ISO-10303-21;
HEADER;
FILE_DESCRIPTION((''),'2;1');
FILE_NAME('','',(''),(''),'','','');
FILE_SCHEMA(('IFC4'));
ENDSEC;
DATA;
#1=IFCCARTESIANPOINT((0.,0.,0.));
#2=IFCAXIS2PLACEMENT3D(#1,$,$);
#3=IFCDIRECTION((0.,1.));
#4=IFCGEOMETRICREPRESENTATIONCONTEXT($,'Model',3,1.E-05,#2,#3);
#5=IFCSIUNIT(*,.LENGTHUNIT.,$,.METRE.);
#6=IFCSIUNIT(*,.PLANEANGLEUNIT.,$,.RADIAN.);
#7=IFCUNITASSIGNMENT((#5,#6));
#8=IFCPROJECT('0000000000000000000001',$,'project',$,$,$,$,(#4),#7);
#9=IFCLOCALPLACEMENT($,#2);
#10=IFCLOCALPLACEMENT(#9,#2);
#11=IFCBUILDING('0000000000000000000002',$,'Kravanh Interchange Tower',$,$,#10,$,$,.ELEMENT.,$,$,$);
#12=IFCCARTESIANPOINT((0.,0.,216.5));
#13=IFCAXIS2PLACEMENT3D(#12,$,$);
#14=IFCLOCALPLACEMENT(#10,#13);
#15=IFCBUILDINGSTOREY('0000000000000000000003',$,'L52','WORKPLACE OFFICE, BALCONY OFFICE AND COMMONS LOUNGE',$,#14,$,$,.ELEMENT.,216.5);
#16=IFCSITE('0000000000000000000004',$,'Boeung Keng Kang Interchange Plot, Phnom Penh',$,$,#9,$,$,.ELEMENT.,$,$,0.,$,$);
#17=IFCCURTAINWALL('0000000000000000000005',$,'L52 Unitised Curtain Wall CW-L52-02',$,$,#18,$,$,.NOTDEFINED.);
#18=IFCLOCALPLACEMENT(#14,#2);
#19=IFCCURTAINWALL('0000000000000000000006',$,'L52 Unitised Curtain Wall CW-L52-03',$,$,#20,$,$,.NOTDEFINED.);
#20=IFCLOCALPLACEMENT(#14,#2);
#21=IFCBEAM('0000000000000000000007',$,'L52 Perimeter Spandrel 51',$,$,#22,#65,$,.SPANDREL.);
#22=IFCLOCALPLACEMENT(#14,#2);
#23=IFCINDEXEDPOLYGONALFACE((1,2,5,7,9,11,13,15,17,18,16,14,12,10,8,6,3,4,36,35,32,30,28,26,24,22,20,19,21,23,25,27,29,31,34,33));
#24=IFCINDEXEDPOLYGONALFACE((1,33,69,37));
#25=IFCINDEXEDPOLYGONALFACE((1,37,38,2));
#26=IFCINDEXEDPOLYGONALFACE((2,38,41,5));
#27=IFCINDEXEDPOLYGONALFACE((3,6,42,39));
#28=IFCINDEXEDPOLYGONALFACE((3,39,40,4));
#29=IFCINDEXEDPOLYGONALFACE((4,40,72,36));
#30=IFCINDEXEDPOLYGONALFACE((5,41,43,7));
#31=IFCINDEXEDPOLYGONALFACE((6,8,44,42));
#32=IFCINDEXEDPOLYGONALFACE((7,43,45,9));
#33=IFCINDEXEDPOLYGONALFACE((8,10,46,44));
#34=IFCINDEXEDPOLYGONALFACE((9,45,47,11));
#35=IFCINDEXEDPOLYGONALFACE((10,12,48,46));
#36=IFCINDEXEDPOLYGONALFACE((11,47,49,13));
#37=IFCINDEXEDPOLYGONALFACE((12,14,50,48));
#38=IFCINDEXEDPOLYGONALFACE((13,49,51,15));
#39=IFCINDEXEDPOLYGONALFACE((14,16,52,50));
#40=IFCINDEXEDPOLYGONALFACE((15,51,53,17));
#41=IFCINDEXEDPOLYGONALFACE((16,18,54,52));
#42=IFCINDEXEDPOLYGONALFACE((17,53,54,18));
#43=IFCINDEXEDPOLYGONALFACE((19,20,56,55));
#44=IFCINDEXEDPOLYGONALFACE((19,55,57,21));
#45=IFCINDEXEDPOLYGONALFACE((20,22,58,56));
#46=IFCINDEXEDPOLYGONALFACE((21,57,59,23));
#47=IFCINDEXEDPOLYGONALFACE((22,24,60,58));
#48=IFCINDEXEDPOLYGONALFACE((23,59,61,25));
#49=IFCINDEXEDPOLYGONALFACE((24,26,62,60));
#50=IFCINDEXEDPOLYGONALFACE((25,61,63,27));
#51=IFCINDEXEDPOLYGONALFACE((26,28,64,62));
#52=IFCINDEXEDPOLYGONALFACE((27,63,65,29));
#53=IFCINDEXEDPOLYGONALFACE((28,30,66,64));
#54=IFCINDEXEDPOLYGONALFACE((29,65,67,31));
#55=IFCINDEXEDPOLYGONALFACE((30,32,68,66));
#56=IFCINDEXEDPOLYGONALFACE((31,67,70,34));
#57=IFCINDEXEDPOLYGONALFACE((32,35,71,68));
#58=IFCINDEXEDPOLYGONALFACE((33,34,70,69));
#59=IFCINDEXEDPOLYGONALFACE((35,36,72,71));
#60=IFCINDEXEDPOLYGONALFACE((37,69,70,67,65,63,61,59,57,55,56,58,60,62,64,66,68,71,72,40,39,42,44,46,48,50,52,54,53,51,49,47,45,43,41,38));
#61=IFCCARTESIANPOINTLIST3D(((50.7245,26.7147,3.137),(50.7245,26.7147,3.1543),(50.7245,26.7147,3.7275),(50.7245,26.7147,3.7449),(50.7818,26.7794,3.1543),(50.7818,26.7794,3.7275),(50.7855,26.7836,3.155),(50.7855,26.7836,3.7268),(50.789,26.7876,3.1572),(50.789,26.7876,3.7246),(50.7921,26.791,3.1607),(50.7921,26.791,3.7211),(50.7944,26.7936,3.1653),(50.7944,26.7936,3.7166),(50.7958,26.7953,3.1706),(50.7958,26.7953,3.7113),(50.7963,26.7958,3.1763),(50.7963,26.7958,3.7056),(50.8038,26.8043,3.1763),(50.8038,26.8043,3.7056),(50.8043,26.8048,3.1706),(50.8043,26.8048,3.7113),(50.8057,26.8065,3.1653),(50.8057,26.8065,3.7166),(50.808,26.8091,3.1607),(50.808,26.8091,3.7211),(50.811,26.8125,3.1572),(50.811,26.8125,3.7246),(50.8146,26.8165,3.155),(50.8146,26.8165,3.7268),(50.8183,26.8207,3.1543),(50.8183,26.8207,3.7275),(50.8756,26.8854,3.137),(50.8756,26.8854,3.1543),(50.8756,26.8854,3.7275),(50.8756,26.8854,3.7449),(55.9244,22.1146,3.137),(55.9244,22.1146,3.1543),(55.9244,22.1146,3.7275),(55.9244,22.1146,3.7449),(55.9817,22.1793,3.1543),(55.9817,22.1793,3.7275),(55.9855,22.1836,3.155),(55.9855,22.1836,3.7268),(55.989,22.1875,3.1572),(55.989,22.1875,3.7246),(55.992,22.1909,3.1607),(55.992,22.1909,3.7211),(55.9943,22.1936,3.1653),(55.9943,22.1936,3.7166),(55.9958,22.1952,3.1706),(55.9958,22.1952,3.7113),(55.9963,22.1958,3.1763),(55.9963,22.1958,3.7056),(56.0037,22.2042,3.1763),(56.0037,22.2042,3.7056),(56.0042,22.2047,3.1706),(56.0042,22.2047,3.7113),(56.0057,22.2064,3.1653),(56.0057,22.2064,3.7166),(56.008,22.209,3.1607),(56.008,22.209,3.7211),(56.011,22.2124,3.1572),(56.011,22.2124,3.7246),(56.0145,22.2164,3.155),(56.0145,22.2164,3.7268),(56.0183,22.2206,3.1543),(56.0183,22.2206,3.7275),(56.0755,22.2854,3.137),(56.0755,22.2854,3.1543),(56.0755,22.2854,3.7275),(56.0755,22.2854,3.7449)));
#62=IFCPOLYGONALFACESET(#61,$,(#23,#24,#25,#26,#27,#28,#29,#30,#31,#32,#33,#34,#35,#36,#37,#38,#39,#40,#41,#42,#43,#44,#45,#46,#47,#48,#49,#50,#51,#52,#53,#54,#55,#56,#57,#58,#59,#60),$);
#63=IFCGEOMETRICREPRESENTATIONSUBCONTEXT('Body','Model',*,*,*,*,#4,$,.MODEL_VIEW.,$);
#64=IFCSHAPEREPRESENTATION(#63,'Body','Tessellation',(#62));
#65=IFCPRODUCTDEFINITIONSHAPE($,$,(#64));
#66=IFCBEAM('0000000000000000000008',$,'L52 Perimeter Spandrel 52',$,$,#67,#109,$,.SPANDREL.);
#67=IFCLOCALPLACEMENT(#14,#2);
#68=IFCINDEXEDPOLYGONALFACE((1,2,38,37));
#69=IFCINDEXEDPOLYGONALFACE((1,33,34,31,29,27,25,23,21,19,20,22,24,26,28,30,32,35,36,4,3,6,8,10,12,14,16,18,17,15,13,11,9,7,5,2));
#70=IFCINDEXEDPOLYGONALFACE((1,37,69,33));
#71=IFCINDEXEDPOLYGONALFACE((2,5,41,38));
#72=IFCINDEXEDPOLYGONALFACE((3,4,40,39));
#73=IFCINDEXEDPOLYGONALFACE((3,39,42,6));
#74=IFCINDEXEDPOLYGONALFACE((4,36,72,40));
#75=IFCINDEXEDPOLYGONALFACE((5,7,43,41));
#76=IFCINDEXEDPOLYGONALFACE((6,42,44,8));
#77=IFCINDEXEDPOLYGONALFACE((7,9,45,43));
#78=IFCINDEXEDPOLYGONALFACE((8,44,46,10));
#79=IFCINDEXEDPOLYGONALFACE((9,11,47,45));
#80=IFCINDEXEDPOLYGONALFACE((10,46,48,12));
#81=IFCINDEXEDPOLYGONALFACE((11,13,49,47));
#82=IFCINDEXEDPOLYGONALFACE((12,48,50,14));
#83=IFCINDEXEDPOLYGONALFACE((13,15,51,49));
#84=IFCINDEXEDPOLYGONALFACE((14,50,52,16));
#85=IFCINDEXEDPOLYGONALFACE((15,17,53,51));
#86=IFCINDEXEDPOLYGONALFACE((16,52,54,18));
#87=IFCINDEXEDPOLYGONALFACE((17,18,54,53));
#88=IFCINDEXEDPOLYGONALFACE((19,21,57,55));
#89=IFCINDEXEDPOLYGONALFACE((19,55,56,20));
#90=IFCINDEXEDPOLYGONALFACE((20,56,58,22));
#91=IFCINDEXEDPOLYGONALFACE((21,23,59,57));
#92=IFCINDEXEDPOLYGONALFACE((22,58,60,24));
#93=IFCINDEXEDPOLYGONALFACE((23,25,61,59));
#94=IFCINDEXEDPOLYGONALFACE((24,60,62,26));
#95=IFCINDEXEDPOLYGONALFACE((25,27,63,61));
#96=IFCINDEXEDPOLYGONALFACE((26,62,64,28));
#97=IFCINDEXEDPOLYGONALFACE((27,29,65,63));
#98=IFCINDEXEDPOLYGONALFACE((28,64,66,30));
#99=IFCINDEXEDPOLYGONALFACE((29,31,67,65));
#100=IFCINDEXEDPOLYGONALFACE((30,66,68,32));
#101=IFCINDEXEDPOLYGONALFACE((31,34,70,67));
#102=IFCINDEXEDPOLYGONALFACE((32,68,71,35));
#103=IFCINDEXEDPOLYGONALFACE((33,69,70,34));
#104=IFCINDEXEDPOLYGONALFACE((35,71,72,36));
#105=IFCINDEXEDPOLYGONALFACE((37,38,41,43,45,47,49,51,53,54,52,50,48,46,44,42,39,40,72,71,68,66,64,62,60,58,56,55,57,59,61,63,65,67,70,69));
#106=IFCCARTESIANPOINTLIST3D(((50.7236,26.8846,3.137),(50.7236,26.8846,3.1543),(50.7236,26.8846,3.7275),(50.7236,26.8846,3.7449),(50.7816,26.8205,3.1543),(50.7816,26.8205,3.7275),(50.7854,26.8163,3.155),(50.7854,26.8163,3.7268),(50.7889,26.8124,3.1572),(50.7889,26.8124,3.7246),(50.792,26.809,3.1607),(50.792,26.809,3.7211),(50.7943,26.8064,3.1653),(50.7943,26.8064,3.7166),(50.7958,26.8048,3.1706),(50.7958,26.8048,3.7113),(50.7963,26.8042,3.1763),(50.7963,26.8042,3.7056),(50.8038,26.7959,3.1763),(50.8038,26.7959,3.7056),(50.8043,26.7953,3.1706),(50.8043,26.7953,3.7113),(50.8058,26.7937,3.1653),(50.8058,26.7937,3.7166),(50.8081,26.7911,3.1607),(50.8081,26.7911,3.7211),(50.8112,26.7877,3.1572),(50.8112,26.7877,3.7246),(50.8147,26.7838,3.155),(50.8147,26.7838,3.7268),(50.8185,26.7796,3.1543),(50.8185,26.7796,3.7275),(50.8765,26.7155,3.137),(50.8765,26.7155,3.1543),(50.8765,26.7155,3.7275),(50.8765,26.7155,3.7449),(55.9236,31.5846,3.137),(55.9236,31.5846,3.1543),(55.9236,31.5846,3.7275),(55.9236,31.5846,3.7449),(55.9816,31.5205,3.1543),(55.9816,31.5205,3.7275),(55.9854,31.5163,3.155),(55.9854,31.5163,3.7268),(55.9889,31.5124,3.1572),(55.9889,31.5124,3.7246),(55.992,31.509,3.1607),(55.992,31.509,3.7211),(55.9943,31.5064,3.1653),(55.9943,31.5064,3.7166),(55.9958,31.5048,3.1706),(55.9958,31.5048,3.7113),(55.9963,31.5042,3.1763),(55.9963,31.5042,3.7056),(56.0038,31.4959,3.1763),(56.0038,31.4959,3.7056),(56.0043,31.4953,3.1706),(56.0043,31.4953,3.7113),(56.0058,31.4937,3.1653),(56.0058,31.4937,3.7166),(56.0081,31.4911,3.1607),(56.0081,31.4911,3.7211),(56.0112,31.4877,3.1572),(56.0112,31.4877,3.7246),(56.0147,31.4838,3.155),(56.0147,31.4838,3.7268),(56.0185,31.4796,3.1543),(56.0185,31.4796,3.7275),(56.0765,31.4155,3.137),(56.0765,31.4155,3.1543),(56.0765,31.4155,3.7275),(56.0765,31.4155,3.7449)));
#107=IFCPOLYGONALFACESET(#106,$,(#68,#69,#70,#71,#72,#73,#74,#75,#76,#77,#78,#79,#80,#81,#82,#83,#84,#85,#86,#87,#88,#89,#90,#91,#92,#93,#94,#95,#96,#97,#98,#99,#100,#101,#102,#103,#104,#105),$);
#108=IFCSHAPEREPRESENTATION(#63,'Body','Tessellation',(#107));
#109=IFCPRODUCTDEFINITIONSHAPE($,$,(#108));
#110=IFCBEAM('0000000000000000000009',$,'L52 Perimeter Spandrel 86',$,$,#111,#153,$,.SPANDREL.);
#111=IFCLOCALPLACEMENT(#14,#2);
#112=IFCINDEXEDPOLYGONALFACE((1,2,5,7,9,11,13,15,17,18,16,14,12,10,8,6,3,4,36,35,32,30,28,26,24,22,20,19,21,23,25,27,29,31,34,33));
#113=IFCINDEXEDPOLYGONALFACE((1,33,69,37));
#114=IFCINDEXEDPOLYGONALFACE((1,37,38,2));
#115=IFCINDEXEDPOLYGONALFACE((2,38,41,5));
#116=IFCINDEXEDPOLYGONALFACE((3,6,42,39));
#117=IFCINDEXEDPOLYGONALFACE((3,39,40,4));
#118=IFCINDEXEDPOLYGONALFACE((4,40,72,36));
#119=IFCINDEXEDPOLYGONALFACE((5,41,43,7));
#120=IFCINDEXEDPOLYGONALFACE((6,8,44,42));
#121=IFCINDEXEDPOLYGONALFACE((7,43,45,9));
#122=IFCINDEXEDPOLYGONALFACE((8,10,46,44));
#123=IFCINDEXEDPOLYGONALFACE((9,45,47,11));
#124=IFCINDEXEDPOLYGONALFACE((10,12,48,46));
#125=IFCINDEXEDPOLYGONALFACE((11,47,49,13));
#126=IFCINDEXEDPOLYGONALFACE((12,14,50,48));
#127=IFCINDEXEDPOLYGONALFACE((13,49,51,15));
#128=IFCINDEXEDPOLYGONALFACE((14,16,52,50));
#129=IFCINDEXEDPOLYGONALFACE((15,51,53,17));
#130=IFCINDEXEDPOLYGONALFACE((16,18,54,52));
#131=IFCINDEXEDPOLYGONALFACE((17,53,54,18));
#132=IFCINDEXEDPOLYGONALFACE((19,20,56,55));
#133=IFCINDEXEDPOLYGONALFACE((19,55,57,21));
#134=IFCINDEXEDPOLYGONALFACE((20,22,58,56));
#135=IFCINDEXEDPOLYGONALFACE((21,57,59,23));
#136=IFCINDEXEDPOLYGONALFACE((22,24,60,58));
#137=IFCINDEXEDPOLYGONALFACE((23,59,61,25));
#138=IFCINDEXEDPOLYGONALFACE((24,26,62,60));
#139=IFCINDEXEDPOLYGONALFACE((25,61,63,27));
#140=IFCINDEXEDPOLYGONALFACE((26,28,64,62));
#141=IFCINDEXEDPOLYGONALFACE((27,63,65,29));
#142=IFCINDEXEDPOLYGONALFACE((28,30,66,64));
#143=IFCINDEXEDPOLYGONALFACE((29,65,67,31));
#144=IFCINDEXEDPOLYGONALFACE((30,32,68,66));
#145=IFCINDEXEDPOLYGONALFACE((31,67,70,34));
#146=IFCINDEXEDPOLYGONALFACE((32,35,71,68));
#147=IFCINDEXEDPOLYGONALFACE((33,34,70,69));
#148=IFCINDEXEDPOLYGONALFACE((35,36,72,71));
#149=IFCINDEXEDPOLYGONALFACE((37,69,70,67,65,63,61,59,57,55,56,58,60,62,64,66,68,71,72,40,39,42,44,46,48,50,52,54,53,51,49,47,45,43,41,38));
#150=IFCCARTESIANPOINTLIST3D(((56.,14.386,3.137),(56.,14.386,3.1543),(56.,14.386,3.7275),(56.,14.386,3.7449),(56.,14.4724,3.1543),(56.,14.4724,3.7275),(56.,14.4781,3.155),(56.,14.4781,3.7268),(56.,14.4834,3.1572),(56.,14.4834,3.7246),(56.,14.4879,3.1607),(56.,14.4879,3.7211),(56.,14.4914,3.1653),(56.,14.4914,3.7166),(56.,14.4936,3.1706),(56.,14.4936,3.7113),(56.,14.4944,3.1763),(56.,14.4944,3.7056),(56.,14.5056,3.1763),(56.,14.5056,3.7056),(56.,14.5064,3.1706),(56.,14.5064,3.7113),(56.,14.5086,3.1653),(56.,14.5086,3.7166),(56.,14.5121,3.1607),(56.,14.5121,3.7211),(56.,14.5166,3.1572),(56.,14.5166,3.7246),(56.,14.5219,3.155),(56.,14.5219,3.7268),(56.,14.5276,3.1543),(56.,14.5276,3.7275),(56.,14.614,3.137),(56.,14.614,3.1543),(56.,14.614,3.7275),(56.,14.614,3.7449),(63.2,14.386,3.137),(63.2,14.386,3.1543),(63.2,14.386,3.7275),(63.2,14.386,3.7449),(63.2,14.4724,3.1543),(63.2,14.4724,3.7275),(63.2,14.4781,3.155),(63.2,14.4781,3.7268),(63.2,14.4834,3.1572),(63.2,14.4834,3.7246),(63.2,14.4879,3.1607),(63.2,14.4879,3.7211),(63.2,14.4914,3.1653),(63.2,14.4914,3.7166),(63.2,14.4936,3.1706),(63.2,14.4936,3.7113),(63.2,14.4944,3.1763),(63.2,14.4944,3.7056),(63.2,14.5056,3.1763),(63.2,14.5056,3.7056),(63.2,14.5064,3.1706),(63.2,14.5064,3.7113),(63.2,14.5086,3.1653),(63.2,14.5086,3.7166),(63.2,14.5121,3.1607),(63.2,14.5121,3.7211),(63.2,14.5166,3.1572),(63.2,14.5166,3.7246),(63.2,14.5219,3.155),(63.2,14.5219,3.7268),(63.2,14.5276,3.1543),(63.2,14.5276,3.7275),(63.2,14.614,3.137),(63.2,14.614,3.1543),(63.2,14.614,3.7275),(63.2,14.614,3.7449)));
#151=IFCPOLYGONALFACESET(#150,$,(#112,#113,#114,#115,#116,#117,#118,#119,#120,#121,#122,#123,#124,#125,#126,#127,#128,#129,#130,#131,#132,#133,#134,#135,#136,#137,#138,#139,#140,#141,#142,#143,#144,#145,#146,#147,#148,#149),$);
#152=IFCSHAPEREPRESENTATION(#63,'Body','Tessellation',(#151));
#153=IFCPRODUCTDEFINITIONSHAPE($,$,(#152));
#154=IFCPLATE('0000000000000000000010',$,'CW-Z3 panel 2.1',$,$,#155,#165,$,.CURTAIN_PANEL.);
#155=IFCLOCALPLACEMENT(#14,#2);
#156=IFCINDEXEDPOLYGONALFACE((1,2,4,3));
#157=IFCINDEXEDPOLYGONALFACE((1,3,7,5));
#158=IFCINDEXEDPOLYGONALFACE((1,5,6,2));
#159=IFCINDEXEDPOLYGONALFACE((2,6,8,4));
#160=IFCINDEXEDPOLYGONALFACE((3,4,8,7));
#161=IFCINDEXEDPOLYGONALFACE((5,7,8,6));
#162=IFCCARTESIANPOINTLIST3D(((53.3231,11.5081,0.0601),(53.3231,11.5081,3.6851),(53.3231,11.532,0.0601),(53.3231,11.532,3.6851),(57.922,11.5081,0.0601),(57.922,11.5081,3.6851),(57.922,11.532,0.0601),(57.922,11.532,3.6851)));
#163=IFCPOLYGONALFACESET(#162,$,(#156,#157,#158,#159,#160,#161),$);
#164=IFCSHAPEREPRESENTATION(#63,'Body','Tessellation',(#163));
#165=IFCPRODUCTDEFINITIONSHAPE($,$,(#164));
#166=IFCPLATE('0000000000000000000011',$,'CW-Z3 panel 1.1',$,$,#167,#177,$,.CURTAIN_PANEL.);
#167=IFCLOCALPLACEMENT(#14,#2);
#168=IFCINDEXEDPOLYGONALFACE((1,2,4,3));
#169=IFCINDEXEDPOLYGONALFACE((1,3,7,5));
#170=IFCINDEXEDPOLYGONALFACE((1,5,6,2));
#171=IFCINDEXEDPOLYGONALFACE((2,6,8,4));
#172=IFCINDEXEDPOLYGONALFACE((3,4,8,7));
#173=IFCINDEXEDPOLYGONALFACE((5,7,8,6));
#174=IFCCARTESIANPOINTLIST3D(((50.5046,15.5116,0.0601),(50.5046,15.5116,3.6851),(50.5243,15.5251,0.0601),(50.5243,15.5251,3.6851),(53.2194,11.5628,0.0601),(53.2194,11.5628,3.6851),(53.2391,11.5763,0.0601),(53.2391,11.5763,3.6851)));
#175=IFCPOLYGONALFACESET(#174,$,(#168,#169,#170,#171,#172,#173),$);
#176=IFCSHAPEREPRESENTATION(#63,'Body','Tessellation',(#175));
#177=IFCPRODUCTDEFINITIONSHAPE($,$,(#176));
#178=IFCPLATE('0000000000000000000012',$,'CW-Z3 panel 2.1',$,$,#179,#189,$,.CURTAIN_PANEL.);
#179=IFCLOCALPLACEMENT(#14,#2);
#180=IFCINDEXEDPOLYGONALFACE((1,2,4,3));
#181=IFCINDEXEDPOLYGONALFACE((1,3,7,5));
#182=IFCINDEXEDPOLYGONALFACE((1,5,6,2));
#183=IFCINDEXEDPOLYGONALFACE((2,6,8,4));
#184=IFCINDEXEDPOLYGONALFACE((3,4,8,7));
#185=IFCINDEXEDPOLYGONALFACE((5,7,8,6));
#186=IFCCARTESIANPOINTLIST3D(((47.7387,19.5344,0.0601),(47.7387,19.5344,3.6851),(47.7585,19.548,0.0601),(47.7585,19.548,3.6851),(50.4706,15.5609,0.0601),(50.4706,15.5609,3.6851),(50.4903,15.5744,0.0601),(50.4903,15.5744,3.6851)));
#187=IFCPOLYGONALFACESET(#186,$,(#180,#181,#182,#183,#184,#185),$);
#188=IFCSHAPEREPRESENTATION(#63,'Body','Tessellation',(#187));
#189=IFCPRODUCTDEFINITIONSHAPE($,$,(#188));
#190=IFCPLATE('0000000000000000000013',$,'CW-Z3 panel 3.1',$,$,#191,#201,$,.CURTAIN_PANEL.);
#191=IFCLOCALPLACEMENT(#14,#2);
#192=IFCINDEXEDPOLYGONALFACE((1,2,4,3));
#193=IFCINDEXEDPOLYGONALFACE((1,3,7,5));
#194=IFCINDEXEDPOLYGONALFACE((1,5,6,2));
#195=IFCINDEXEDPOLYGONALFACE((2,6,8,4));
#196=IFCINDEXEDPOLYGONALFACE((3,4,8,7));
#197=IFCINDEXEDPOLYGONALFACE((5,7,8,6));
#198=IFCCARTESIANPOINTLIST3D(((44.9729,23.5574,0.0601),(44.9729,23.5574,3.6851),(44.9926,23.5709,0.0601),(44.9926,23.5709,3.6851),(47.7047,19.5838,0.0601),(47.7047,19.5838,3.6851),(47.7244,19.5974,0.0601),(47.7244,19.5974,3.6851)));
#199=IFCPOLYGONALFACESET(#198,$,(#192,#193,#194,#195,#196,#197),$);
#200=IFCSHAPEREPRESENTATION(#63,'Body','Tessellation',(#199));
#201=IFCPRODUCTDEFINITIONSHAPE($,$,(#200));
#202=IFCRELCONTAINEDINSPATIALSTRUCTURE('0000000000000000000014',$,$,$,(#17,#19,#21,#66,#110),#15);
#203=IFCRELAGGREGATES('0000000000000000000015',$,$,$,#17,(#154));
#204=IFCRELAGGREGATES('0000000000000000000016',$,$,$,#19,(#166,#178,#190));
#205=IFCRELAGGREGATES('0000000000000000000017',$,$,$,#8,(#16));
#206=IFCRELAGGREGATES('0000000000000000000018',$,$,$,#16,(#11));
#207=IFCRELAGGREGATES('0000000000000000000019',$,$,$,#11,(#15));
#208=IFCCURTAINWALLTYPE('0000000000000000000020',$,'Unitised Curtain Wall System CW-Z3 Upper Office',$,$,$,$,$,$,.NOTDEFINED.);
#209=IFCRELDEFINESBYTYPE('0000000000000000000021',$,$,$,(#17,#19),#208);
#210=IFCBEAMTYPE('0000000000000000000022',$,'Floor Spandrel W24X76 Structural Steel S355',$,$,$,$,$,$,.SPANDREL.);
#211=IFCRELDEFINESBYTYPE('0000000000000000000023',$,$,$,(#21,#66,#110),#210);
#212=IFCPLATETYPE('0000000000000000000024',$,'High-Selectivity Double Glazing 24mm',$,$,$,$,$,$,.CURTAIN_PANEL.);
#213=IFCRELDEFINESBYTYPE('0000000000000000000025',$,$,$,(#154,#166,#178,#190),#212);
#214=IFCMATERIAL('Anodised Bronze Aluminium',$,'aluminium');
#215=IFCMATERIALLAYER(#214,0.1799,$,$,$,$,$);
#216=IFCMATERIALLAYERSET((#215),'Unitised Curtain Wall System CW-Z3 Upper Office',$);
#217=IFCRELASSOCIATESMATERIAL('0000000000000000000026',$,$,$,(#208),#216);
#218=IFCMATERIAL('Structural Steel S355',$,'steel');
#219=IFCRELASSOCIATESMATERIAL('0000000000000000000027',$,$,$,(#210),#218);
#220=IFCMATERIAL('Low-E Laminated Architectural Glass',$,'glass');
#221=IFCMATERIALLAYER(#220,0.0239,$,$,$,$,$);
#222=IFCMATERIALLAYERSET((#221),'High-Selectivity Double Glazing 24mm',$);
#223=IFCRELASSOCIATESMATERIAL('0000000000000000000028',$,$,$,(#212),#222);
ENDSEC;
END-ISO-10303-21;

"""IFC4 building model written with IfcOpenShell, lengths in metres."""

from ifc_helpers import new_model, si_unit, direction, frame, origin, origin_2d, place, context, subcontext, project, spatial, rectangle, i_section, extrude, material, layer, layer_set, material_profile, profile_set, type_object, element, aggregate, save


model = new_model("IFC4")

# Units and contexts
model_context = context("Model", 3, precision=1e-05, world=origin(), true_north=direction((0.0, 1.0)))
body_context = subcontext(model_context, "Body", "Model", "MODEL_VIEW")
ifc_project = project(units=[si_unit("LENGTHUNIT", "METRE"), si_unit("PLANEANGLEUNIT", "RADIAN")], contexts=[model_context])

# Site, building, storey
site_placement = place(None, origin())
site = spatial("IfcSite", under=ifc_project, at=site_placement, Name="Boeung Keng Kang Interchange Plot, Phnom Penh", CompositionType="ELEMENT", RefElevation=0.0)
building_placement = place(site_placement, origin())
building = spatial("IfcBuilding", under=site, at=building_placement, Name="Kravanh Interchange Tower", CompositionType="ELEMENT")
storey_placement = place(building_placement, frame((0.0, 0.0, 216.5)))
storey = spatial("IfcBuildingStorey", under=building, at=storey_placement, Name="L52", Description="WORKPLACE OFFICE, BALCONY OFFICE AND COMMONS LOUNGE", CompositionType="ELEMENT", Elevation=216.5)

# Curtain wall
ifc_material_1 = material(Name="Anodised Bronze Aluminium", Category="aluminium")
ifc_layer_1 = layer(ifc_material_1, 0.1799)
ifc_layer_set_1 = layer_set([ifc_layer_1], Name="Unitised Curtain Wall System CW-Z3 Upper Office")
curtain_wall_type = type_object("IfcCurtainWallType", Name="Unitised Curtain Wall System CW-Z3 Upper Office", PredefinedType="NOTDEFINED", material=ifc_layer_set_1)
curtain_wall_1_placement = place(storey_placement, origin())
curtain_wall_1 = element("IfcCurtainWall", 1, at=curtain_wall_1_placement, inside=storey, type_object=curtain_wall_type, Name="L52 Unitised Curtain Wall CW-L52-02", PredefinedType="NOTDEFINED")

# Curtain wall
curtain_wall_2_placement = place(storey_placement, origin())
curtain_wall_2 = element("IfcCurtainWall", 2, at=curtain_wall_2_placement, inside=storey, type_object=curtain_wall_type, Name="L52 Unitised Curtain Wall CW-L52-03", PredefinedType="NOTDEFINED")

# Beams
ifc_material_2 = material(Name="Structural Steel S355", Category="steel")
ifc_material_profile_1 = material_profile(ifc_material_2, i_section(OverallWidth=0.228, OverallDepth=0.6079, WebThickness=0.0112, FlangeThickness=0.0173, FilletRadius=0.022, at=origin_2d()), Name="W24X76")
ifc_profile_set_1 = profile_set([ifc_material_profile_1], Name="Structural Steel S355")
beam_type_1 = type_object("IfcBeamType", Name="Floor Spandrel W24X76 Structural Steel S355", PredefinedType="SPANDREL", material=ifc_profile_set_1)
beam_1_placement = place(storey_placement, frame((50.8, 26.8, 3.4409), z_axis=(0.748986, -0.662585, 0.0), x_axis=(0.662585, 0.748986, 0.0)))
element("IfcBeam", 3, at=beam_1_placement, inside=storey, type_object=beam_type_1, Name="L52 Perimeter Spandrel 51", PredefinedType="SPANDREL", context=body_context, shape_type="SweptSolid", body=[
    extrude(i_section(OverallWidth=0.228, OverallDepth=0.6079, WebThickness=0.0112, FlangeThickness=0.0173, FilletRadius=0.022, at=origin_2d()), origin(), (0.0, 0.0, 1.0), 6.9426),
])
beam_2_placement = place(storey_placement, frame((50.8, 26.8, 3.4409), z_axis=(0.741874, 0.670539, 0.0), x_axis=(-0.670539, 0.741874, 0.0)))
element("IfcBeam", 4, at=beam_2_placement, inside=storey, type_object=beam_type_1, Name="L52 Perimeter Spandrel 52", PredefinedType="SPANDREL", context=body_context, shape_type="SweptSolid", body=[
    extrude(i_section(OverallWidth=0.228, OverallDepth=0.6079, WebThickness=0.0112, FlangeThickness=0.0173, FilletRadius=0.022, at=origin_2d()), origin(), (0.0, 0.0, 1.0), 7.0093),
])
beam_3_placement = place(storey_placement, frame((56.0, 14.5, 3.4409), z_axis=(1.0, 0.0, 0.0), x_axis=(0.0, 1.0, 0.0)))
element("IfcBeam", 5, at=beam_3_placement, inside=storey, type_object=beam_type_1, Name="L52 Perimeter Spandrel 86", PredefinedType="SPANDREL", context=body_context, shape_type="SweptSolid", body=[
    extrude(i_section(OverallWidth=0.228, OverallDepth=0.6079, WebThickness=0.0112, FlangeThickness=0.0173, FilletRadius=0.022, at=origin_2d()), origin(), (0.0, 0.0, 1.0), 7.2),
])

# Plates
ifc_material_3 = material(Name="Low-E Laminated Architectural Glass", Category="glass")
ifc_layer_2 = layer(ifc_material_3, 0.0239)
ifc_layer_set_2 = layer_set([ifc_layer_2], Name="High-Selectivity Double Glazing 24mm")
plate_type = type_object("IfcPlateType", Name="High-Selectivity Double Glazing 24mm", PredefinedType="CURTAIN_PANEL", material=ifc_layer_set_2)
plate_1_placement = place(storey_placement, frame((55.6226, 11.52, 0.0601), z_axis=(0.0, 0.0, 1.0), x_axis=(-1.0, 0.0, 0.0)))
plate_1 = element("IfcPlate", 6, at=plate_1_placement, type_object=plate_type, Name="CW-Z3 panel 2.1", PredefinedType="CURTAIN_PANEL", context=body_context, shape_type="SweptSolid", body=[
    extrude(rectangle(XDim=4.5989, YDim=0.0239, at=origin_2d()), origin(), (0.0, 0.0, 1.0), 3.625),
])
aggregate(curtain_wall_1, [plate_1])
plate_2_placement = place(storey_placement, frame((51.8718, 13.5439, 0.0601), z_axis=(0.0, 0.0, 1.0), x_axis=(-0.566528, 0.824042, 0.0)))
plate_2 = element("IfcPlate", 7, at=plate_2_placement, type_object=plate_type, Name="CW-Z3 panel 1.1", PredefinedType="CURTAIN_PANEL", context=body_context, shape_type="SweptSolid", body=[
    extrude(rectangle(XDim=4.792, YDim=0.0239, at=origin_2d()), origin(), (0.0, 0.0, 1.0), 3.625),
])
plate_3_placement = place(storey_placement, frame((49.1145, 17.5544, 0.0601), z_axis=(0.0, 0.0, 1.0), x_axis=(-0.566528, 0.824042, 0.0)))
plate_3 = element("IfcPlate", 8, at=plate_3_placement, type_object=plate_type, Name="CW-Z3 panel 2.1", PredefinedType="CURTAIN_PANEL", context=body_context, shape_type="SweptSolid", body=[
    extrude(rectangle(XDim=4.822, YDim=0.0239, at=origin_2d()), origin(), (0.0, 0.0, 1.0), 3.625),
])
plate_4_placement = place(storey_placement, frame((46.3486, 21.5774, 0.0601), z_axis=(0.0, 0.0, 1.0), x_axis=(-0.566528, 0.824042, 0.0)))
plate_4 = element("IfcPlate", 9, at=plate_4_placement, type_object=plate_type, Name="CW-Z3 panel 3.1", PredefinedType="CURTAIN_PANEL", context=body_context, shape_type="SweptSolid", body=[
    extrude(rectangle(XDim=4.822, YDim=0.0239, at=origin_2d()), origin(), (0.0, 0.0, 1.0), 3.625),
])
aggregate(curtain_wall_2, [plate_2, plate_3, plate_4])

save(model, "model.ifc")
